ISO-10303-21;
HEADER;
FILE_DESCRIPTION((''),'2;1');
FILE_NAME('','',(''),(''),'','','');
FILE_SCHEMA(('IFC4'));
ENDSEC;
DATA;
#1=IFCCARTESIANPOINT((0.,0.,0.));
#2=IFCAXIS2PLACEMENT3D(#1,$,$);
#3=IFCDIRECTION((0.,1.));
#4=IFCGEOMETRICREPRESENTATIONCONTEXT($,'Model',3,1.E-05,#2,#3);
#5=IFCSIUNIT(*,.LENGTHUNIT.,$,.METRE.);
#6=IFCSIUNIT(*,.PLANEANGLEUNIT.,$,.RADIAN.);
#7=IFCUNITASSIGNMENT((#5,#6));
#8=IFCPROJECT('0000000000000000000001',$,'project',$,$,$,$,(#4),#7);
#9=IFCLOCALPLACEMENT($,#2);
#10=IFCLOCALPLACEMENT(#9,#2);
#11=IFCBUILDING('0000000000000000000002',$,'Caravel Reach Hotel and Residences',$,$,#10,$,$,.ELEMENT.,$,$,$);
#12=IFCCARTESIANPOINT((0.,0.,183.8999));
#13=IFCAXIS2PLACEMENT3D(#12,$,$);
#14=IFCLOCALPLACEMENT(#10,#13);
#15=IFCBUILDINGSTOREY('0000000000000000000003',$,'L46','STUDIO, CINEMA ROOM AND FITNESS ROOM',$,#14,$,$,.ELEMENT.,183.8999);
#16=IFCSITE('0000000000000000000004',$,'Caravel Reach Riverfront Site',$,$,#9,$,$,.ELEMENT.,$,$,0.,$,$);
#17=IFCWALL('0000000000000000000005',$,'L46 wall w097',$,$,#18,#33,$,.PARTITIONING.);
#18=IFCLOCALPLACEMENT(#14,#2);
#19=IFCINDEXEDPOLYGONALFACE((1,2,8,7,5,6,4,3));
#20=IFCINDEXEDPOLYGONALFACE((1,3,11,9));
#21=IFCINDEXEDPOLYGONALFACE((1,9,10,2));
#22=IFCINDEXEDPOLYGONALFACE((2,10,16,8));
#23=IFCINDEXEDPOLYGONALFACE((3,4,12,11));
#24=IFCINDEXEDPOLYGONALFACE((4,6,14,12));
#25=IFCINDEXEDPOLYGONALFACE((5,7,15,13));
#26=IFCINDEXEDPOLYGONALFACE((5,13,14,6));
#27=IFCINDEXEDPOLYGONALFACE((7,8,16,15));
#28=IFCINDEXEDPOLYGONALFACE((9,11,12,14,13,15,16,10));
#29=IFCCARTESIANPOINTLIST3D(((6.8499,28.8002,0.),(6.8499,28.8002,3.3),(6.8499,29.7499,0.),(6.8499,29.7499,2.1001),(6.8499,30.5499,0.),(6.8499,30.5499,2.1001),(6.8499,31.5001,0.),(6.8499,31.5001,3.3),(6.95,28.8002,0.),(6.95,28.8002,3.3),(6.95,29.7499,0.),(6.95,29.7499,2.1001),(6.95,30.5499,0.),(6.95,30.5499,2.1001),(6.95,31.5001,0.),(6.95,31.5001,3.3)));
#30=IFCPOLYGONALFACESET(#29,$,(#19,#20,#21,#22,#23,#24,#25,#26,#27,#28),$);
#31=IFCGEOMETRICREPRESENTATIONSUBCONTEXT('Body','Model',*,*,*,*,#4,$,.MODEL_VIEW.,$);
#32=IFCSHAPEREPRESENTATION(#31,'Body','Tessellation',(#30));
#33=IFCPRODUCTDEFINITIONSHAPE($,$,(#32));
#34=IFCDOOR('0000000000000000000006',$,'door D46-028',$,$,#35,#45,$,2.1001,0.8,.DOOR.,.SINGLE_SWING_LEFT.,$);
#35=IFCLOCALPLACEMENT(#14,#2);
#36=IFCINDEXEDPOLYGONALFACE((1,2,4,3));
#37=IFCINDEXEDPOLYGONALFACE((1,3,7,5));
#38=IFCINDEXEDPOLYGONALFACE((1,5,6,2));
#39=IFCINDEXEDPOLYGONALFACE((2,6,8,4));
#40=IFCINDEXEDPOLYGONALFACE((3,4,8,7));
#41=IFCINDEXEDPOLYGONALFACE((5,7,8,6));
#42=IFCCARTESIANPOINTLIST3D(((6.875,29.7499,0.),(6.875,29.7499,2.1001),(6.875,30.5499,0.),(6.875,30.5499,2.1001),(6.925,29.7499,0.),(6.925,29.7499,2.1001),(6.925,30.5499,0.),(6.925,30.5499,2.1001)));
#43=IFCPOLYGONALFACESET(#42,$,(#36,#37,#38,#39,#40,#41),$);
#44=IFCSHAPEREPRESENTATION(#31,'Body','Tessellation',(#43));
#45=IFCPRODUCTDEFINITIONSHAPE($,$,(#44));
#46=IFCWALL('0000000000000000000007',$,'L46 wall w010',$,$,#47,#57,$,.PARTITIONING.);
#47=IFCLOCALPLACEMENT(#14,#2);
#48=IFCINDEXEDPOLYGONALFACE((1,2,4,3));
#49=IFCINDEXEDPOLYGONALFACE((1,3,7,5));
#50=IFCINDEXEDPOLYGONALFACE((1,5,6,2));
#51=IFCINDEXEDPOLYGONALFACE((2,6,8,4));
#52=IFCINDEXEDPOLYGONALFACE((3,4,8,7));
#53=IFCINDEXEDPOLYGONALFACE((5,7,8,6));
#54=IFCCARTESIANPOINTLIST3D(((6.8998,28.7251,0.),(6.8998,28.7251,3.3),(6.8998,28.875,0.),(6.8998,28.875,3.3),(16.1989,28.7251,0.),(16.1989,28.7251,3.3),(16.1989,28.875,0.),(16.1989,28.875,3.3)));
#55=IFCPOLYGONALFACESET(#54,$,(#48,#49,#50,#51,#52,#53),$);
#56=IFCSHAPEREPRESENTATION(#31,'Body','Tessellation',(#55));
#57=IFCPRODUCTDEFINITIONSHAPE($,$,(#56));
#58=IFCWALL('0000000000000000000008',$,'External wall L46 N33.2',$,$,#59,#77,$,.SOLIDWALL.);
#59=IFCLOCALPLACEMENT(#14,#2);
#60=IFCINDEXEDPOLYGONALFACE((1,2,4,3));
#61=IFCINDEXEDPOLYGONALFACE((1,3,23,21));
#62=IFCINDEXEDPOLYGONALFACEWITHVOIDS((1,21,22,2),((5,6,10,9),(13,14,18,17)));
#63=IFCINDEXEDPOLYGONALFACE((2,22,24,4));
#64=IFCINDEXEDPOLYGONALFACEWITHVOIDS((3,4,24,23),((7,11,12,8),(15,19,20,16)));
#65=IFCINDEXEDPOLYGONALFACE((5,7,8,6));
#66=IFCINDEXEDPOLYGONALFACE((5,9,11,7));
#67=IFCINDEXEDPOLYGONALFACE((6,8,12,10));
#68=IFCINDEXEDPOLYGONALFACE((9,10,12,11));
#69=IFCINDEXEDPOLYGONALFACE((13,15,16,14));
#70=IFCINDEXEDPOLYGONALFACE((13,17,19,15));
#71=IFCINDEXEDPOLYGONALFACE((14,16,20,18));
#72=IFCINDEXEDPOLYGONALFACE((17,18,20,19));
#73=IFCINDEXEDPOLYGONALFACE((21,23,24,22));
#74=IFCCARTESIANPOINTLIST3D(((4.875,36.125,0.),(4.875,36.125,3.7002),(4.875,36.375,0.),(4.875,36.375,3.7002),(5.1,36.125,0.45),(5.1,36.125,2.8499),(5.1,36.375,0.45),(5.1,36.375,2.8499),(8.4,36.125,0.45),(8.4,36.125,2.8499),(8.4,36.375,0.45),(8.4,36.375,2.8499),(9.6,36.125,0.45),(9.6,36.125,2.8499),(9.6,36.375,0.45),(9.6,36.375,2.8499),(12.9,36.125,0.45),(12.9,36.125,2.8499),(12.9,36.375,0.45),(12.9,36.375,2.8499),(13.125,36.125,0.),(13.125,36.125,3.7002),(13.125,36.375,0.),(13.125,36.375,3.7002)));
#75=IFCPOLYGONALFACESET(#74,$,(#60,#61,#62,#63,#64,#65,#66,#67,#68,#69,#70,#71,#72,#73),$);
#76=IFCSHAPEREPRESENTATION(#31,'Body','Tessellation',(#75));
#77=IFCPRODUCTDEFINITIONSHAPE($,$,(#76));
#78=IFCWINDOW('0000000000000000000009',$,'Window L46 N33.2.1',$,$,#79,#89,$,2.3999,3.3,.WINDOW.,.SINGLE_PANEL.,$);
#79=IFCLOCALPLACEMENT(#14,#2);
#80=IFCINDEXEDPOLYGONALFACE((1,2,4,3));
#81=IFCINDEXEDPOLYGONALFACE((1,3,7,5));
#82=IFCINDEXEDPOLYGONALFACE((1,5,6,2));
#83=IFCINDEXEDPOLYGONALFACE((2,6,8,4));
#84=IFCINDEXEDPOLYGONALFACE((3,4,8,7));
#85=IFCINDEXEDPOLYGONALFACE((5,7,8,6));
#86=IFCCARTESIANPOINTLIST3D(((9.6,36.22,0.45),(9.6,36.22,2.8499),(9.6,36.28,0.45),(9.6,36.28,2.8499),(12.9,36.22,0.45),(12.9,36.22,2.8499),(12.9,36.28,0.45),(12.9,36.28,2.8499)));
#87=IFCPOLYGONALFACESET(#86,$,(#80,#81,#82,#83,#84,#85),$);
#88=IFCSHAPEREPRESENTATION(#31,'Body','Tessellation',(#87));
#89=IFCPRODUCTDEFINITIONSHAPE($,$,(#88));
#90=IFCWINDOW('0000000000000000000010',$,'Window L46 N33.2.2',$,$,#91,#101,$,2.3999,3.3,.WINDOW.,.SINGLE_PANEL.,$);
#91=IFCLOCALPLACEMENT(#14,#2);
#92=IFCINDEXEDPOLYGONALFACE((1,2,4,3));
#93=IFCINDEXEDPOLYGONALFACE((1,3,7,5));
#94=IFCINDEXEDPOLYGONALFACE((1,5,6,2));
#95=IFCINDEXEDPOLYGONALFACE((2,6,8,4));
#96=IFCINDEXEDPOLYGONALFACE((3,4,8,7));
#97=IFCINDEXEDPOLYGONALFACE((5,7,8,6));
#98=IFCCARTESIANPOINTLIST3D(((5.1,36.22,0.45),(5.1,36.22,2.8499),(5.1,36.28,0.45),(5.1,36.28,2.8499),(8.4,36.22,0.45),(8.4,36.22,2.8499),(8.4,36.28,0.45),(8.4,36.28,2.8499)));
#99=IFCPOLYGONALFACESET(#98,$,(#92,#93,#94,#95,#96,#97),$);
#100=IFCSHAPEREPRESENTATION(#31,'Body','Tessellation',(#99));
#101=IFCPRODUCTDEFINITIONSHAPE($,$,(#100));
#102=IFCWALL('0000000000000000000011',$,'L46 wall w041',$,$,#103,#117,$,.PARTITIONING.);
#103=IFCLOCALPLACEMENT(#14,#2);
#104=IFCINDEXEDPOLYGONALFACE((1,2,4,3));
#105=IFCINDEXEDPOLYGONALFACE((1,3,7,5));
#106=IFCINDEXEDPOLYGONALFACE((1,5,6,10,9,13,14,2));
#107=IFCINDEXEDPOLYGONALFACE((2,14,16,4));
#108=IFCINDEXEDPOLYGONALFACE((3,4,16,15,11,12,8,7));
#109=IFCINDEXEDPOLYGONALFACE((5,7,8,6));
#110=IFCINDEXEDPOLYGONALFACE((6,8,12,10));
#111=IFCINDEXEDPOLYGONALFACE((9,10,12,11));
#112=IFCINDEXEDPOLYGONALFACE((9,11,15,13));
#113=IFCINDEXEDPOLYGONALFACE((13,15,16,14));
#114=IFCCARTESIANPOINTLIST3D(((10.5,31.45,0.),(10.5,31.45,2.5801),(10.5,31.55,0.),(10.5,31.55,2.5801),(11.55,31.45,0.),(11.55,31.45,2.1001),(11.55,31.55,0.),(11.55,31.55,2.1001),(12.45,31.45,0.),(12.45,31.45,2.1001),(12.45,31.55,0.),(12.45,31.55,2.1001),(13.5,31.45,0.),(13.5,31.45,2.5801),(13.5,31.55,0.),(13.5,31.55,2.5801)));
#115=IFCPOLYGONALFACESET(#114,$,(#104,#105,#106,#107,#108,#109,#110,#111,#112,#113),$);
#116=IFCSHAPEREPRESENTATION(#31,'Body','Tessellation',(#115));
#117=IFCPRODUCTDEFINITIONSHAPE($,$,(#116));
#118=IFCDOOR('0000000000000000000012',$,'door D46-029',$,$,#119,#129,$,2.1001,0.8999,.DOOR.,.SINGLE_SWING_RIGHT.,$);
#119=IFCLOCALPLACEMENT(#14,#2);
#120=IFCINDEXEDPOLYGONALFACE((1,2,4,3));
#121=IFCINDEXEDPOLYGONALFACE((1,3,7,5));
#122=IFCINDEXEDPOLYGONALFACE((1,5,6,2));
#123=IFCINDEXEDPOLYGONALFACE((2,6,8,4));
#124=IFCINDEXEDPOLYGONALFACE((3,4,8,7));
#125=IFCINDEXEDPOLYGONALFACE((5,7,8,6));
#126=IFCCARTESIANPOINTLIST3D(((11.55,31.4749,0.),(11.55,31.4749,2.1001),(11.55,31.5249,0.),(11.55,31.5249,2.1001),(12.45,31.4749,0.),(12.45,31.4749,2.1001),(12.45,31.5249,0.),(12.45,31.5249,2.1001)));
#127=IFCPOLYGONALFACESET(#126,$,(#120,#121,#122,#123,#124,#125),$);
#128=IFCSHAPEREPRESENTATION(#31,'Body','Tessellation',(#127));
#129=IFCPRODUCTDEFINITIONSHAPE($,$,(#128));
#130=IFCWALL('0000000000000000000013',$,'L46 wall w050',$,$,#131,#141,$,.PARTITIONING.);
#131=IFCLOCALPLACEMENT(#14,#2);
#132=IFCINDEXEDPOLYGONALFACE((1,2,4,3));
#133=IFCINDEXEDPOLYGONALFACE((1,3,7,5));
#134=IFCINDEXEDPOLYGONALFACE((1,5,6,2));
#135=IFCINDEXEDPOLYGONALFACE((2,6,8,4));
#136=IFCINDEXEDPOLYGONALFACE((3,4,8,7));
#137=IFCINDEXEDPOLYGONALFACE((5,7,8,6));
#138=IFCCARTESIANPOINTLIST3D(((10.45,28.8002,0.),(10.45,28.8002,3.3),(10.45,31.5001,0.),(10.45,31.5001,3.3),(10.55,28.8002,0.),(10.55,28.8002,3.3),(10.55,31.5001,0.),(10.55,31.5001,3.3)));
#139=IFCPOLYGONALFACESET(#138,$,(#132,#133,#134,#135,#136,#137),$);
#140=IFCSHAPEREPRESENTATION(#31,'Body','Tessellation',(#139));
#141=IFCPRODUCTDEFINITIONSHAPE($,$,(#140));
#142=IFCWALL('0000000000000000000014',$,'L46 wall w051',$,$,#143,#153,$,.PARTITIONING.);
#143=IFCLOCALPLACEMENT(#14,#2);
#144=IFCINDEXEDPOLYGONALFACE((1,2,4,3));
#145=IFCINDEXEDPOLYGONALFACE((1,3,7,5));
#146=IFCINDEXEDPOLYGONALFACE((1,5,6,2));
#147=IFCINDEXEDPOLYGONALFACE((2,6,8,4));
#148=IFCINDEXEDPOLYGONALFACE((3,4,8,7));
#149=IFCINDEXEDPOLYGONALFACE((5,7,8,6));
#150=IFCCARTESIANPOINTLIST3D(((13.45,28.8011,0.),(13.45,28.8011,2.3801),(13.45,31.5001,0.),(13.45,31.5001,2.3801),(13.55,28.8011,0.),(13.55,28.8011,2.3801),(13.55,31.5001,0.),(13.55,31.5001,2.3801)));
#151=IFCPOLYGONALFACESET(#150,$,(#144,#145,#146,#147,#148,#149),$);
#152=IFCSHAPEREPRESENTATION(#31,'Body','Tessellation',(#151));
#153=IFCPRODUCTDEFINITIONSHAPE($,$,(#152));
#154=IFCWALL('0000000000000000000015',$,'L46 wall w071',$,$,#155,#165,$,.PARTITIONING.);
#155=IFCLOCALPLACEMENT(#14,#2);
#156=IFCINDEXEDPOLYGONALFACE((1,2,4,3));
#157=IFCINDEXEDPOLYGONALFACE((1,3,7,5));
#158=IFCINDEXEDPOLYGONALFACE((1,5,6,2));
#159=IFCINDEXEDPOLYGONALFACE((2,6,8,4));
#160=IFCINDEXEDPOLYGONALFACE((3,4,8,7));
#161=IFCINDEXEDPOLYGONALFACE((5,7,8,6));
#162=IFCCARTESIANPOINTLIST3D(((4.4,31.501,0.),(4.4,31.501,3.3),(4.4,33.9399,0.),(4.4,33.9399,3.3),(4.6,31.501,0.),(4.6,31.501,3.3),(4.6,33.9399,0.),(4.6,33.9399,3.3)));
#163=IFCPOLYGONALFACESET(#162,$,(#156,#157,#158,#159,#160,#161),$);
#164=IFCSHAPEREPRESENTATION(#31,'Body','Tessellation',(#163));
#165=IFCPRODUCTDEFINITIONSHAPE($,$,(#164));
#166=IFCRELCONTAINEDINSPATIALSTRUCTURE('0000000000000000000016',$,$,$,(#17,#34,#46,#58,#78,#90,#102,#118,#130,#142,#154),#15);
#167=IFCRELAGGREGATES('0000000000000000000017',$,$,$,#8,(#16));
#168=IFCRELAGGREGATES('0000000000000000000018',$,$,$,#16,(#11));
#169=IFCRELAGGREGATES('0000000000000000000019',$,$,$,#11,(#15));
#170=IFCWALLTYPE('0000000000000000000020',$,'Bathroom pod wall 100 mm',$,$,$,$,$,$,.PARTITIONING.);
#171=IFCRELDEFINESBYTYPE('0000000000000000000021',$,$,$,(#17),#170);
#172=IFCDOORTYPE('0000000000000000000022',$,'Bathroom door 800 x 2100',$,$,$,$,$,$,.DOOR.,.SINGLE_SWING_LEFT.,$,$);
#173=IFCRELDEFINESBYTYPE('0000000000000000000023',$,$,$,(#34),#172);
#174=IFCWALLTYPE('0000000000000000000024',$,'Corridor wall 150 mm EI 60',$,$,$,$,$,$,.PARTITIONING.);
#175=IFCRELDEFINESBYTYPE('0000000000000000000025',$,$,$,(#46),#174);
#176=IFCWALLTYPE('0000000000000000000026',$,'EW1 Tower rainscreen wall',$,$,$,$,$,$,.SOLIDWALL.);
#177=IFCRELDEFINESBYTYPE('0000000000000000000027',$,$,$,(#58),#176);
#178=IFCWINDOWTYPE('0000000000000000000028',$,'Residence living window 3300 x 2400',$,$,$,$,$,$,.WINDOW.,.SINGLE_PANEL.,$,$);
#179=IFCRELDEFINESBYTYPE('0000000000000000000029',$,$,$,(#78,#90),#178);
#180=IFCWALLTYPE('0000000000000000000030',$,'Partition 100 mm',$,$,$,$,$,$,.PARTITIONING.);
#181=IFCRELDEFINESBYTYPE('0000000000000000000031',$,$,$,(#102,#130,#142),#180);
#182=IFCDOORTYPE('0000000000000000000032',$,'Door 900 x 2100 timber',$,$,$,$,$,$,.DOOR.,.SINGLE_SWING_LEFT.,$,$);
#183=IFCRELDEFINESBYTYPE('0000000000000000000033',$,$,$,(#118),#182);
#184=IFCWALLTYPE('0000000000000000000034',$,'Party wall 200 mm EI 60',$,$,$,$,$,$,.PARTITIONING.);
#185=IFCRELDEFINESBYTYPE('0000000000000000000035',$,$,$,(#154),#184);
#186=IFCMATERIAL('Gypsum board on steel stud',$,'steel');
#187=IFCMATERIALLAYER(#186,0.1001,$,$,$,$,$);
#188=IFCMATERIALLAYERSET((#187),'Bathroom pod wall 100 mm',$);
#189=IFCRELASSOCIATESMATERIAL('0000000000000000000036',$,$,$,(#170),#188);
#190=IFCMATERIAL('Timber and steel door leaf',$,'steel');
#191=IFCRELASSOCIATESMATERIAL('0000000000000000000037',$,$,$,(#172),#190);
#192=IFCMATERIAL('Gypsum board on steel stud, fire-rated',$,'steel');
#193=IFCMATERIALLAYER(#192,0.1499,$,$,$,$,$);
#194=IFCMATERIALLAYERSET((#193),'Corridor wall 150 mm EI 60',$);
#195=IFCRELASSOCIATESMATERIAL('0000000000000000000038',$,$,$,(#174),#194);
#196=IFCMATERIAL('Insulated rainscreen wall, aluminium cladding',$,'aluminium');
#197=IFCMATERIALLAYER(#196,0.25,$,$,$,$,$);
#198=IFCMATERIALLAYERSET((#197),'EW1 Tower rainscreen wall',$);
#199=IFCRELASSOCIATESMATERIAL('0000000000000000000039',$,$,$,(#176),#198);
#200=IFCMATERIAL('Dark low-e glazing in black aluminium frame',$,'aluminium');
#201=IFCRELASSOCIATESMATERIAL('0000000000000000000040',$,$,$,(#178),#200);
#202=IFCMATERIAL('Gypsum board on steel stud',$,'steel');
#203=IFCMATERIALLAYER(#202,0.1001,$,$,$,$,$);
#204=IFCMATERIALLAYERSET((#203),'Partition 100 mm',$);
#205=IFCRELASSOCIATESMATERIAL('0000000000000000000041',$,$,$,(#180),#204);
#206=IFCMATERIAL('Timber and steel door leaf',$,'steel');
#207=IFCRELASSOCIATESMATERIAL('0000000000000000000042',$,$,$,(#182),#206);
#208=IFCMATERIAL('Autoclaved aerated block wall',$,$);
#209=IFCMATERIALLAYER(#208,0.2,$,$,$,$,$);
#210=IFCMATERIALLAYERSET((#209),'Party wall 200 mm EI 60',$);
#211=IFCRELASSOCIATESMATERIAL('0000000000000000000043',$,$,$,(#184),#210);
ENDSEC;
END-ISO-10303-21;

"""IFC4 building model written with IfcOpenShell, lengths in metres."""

from ifc_helpers import new_model, si_unit, direction, frame, frame_2d, origin, place, context, subcontext, project, spatial, rectangle, extrude, material, layer, layer_set, type_object, element, fill, save


model = new_model("IFC4")

# Units and contexts
model_context = context("Model", 3, precision=1e-05, world=origin(), true_north=direction((0.0, 1.0)))
body_context = subcontext(model_context, "Body", "Model", "MODEL_VIEW")
ifc_project = project(units=[si_unit("LENGTHUNIT", "METRE"), si_unit("PLANEANGLEUNIT", "RADIAN")], contexts=[model_context])

# Site, building, storey
site_placement = place(None, origin())
site = spatial("IfcSite", under=ifc_project, at=site_placement, Name="Caravel Reach Riverfront Site", CompositionType="ELEMENT", RefElevation=0.0)
building_placement = place(site_placement, origin())
building = spatial("IfcBuilding", under=site, at=building_placement, Name="Caravel Reach Hotel and Residences", CompositionType="ELEMENT")
storey_placement = place(building_placement, frame((0.0, 0.0, 183.8999)))
storey = spatial("IfcBuildingStorey", under=building, at=storey_placement, Name="L46", Description="STUDIO, CINEMA ROOM AND FITNESS ROOM", CompositionType="ELEMENT", Elevation=183.8999)

# Shared definitions
ifc_material_1 = material(Name="Gypsum board on steel stud", Category="steel")
ifc_layer_1 = layer(ifc_material_1, 0.1001)
ifc_layer_set_1 = layer_set([ifc_layer_1], Name="Bathroom pod wall 100 mm")
wall_type_1 = type_object("IfcWallType", Name="Bathroom pod wall 100 mm", PredefinedType="PARTITIONING", material=ifc_layer_set_1)

# Wall, opening, door
wall_1_placement = place(storey_placement, frame((6.8999, 28.8, 0.0), z_axis=(0.0, 0.0, 1.0), x_axis=(0.0, 1.0, 0.0)))
wall_1 = element("IfcWall", 1, at=wall_1_placement, inside=storey, type_object=wall_type_1, Name="L46 wall w097", PredefinedType="PARTITIONING", context=body_context, shape_type="SweptSolid", body=[
    extrude(rectangle(XDim=2.7, YDim=0.1001, at=frame_2d((1.3501, 0.0))), origin(), (0.0, 0.0, 1.0), 3.3),
])
opening_1_placement = place(wall_1_placement, frame((0.95, 0.0, 0.0)))
opening_1 = element("IfcOpeningElement", 2, at=opening_1_placement, cuts=wall_1, PredefinedType="OPENING", context=body_context, shape_type="SweptSolid", body=[
    extrude(rectangle(XDim=0.8, YDim=2.1001, at=frame_2d((0.3999, 1.05))), frame((0.0, 0.0601, 0.0), z_axis=(0.0, -1.0, 0.0), x_axis=(1.0, 0.0, 0.0)), (0.0, 0.0, 1.0), 0.1201),
])
ifc_material_2 = material(Name="Timber and steel door leaf", Category="steel")
door_type_1 = type_object("IfcDoorType", Name="Bathroom door 800 x 2100", OperationType="SINGLE_SWING_LEFT", PredefinedType="DOOR", material=ifc_material_2)
door_1_placement = place(opening_1_placement, origin())
door_1 = element("IfcDoor", 3, at=door_1_placement, inside=storey, type_object=door_type_1, Name="door D46-028", OperationType="SINGLE_SWING_LEFT", OverallHeight=2.1001, OverallWidth=0.8, PredefinedType="DOOR", context=body_context, shape_type="SweptSolid", body=[
    extrude(rectangle(XDim=0.8, YDim=2.1001, at=frame_2d((0.3999, 1.05))), frame((0.0, 0.0249, 0.0), z_axis=(0.0, -1.0, 0.0), x_axis=(1.0, 0.0, 0.0)), (0.0, 0.0, 1.0), 0.05),
])
fill(opening_1, door_1)

# Wall
ifc_material_3 = material(Name="Gypsum board on steel stud, fire-rated", Category="steel")
ifc_layer_2 = layer(ifc_material_3, 0.1499)
ifc_layer_set_2 = layer_set([ifc_layer_2], Name="Corridor wall 150 mm EI 60")
wall_type_2 = type_object("IfcWallType", Name="Corridor wall 150 mm EI 60", PredefinedType="PARTITIONING", material=ifc_layer_set_2)
wall_2_placement = place(storey_placement, frame((6.8999, 28.8, 0.0), z_axis=(0.0, 0.0, 1.0), x_axis=(1.0, 0.0, 0.0)))
element("IfcWall", 4, at=wall_2_placement, inside=storey, type_object=wall_type_2, Name="L46 wall w010", PredefinedType="PARTITIONING", context=body_context, shape_type="SweptSolid", body=[
    extrude(rectangle(XDim=9.2991, YDim=0.1499, at=frame_2d((4.6494, 0.0))), origin(), (0.0, 0.0, 1.0), 3.3),
])

# Wall, openings, windows
ifc_material_4 = material(Name="Insulated rainscreen wall, aluminium cladding", Category="aluminium")
ifc_layer_3 = layer(ifc_material_4, 0.25)
ifc_layer_set_3 = layer_set([ifc_layer_3], Name="EW1 Tower rainscreen wall")
wall_type_3 = type_object("IfcWallType", Name="EW1 Tower rainscreen wall", PredefinedType="SOLIDWALL", material=ifc_layer_set_3)
wall_3_placement = place(storey_placement, frame((13.125, 36.25, 0.0), z_axis=(0.0, 0.0, 1.0), x_axis=(-1.0, 0.0, 0.0)))
wall_3 = element("IfcWall", 5, at=wall_3_placement, inside=storey, type_object=wall_type_3, Name="External wall L46 N33.2", PredefinedType="SOLIDWALL", context=body_context, shape_type="SweptSolid", body=[
    extrude(rectangle(XDim=8.25, YDim=0.25, at=frame_2d((4.125, 0.0))), origin(), (0.0, 0.0, 1.0), 3.7002),
])
opening_2_placement = place(wall_3_placement, frame((0.2251, 0.0, 0.45)))
opening_2 = element("IfcOpeningElement", 6, at=opening_2_placement, cuts=wall_3, PredefinedType="OPENING", context=body_context, shape_type="SweptSolid", body=[
    extrude(rectangle(XDim=3.3, YDim=2.3999, at=frame_2d((1.6499, 1.2))), frame((0.0, 0.135, 0.0), z_axis=(0.0, -1.0, 0.0), x_axis=(1.0, 0.0, 0.0)), (0.0, 0.0, 1.0), 0.27),
])
opening_3_placement = place(wall_3_placement, frame((4.7251, 0.0, 0.45)))
opening_3 = element("IfcOpeningElement", 7, at=opening_3_placement, cuts=wall_3, PredefinedType="OPENING", context=body_context, shape_type="SweptSolid", body=[
    extrude(rectangle(XDim=3.3, YDim=2.3999, at=frame_2d((1.6499, 1.2))), frame((0.0, 0.135, 0.0), z_axis=(0.0, -1.0, 0.0), x_axis=(1.0, 0.0, 0.0)), (0.0, 0.0, 1.0), 0.27),
])
ifc_material_5 = material(Name="Dark low-e glazing in black aluminium frame", Category="aluminium")
window_type = type_object("IfcWindowType", Name="Residence living window 3300 x 2400", PartitioningType="SINGLE_PANEL", PredefinedType="WINDOW", material=ifc_material_5)
window_1_placement = place(opening_2_placement, origin())
window_1 = element("IfcWindow", 8, at=window_1_placement, inside=storey, type_object=window_type, Name="Window L46 N33.2.1", OverallHeight=2.3999, OverallWidth=3.3, PartitioningType="SINGLE_PANEL", PredefinedType="WINDOW", context=body_context, shape_type="SweptSolid", body=[
    extrude(rectangle(XDim=3.3, YDim=2.3999, at=frame_2d((1.6499, 1.2))), frame((0.0, 0.03, 0.0), z_axis=(0.0, -1.0, 0.0), x_axis=(1.0, 0.0, 0.0)), (0.0, 0.0, 1.0), 0.0601),
])
fill(opening_2, window_1)
window_2_placement = place(opening_3_placement, origin())
window_2 = element("IfcWindow", 9, at=window_2_placement, inside=storey, type_object=window_type, Name="Window L46 N33.2.2", OverallHeight=2.3999, OverallWidth=3.3, PartitioningType="SINGLE_PANEL", PredefinedType="WINDOW", context=body_context, shape_type="SweptSolid", body=[
    extrude(rectangle(XDim=3.3, YDim=2.3999, at=frame_2d((1.6499, 1.2))), frame((0.0, 0.03, 0.0), z_axis=(0.0, -1.0, 0.0), x_axis=(1.0, 0.0, 0.0)), (0.0, 0.0, 1.0), 0.0601),
])
fill(opening_3, window_2)

# Wall, opening, door
ifc_material_6 = material(Name="Gypsum board on steel stud", Category="steel")
ifc_layer_4 = layer(ifc_material_6, 0.1001)
ifc_layer_set_4 = layer_set([ifc_layer_4], Name="Partition 100 mm")
wall_type_4 = type_object("IfcWallType", Name="Partition 100 mm", PredefinedType="PARTITIONING", material=ifc_layer_set_4)
wall_4_placement = place(storey_placement, frame((10.5, 31.5, 0.0), z_axis=(0.0, 0.0, 1.0), x_axis=(1.0, 0.0, 0.0)))
wall_4 = element("IfcWall", 10, at=wall_4_placement, inside=storey, type_object=wall_type_4, Name="L46 wall w041", PredefinedType="PARTITIONING", context=body_context, shape_type="SweptSolid", body=[
    extrude(rectangle(XDim=3.0, YDim=0.1001, at=frame_2d((1.5, 0.0))), origin(), (0.0, 0.0, 1.0), 2.5801),
])
opening_4_placement = place(wall_4_placement, frame((1.05, 0.0, 0.0)))
opening_4 = element("IfcOpeningElement", 11, at=opening_4_placement, cuts=wall_4, PredefinedType="OPENING", context=body_context, shape_type="SweptSolid", body=[
    extrude(rectangle(XDim=0.8999, YDim=2.1001, at=frame_2d((0.45, 1.05))), frame((0.0, 0.0601, 0.0), z_axis=(0.0, -1.0, 0.0), x_axis=(1.0, 0.0, 0.0)), (0.0, 0.0, 1.0), 0.1201),
])
ifc_material_7 = material(Name="Timber and steel door leaf", Category="steel")
door_type_2 = type_object("IfcDoorType", Name="Door 900 x 2100 timber", OperationType="SINGLE_SWING_LEFT", PredefinedType="DOOR", material=ifc_material_7)
door_2_placement = place(opening_4_placement, origin())
door_2 = element("IfcDoor", 12, at=door_2_placement, inside=storey, type_object=door_type_2, Name="door D46-029", OperationType="SINGLE_SWING_RIGHT", OverallHeight=2.1001, OverallWidth=0.8999, PredefinedType="DOOR", context=body_context, shape_type="SweptSolid", body=[
    extrude(rectangle(XDim=0.8999, YDim=2.1001, at=frame_2d((0.45, 1.05))), frame((0.0, 0.0249, 0.0), z_axis=(0.0, -1.0, 0.0), x_axis=(1.0, 0.0, 0.0)), (0.0, 0.0, 1.0), 0.05),
])
fill(opening_4, door_2)

# Walls
wall_5_placement = place(storey_placement, frame((10.5, 28.8, 0.0), z_axis=(0.0, 0.0, 1.0), x_axis=(0.0, 1.0, 0.0)))
element("IfcWall", 13, at=wall_5_placement, inside=storey, type_object=wall_type_4, Name="L46 wall w050", PredefinedType="PARTITIONING", context=body_context, shape_type="SweptSolid", body=[
    extrude(rectangle(XDim=2.7, YDim=0.1001, at=frame_2d((1.3501, 0.0))), origin(), (0.0, 0.0, 1.0), 3.3),
])
wall_6_placement = place(storey_placement, frame((13.5, 28.801, 0.0), z_axis=(0.0, 0.0, 1.0), x_axis=(0.0, 1.0, 0.0)))
element("IfcWall", 14, at=wall_6_placement, inside=storey, type_object=wall_type_4, Name="L46 wall w051", PredefinedType="PARTITIONING", context=body_context, shape_type="SweptSolid", body=[
    extrude(rectangle(XDim=2.699, YDim=0.1001, at=frame_2d((1.3496, 0.0))), origin(), (0.0, 0.0, 1.0), 2.3801),
])
ifc_material_8 = material(Name="Autoclaved aerated block wall")
ifc_layer_5 = layer(ifc_material_8, 0.2)
ifc_layer_set_5 = layer_set([ifc_layer_5], Name="Party wall 200 mm EI 60")
wall_type_5 = type_object("IfcWallType", Name="Party wall 200 mm EI 60", PredefinedType="PARTITIONING", material=ifc_layer_set_5)
wall_7_placement = place(storey_placement, frame((4.5, 31.501, 0.0), z_axis=(0.0, 0.0, 1.0), x_axis=(0.0, 1.0, 0.0)))
element("IfcWall", 15, at=wall_7_placement, inside=storey, type_object=wall_type_5, Name="L46 wall w071", PredefinedType="PARTITIONING", context=body_context, shape_type="SweptSolid", body=[
    extrude(rectangle(XDim=2.439, YDim=0.2, at=frame_2d((1.2195, 0.0))), origin(), (0.0, 0.0, 1.0), 3.3),
])

save(model, "model.ifc")
